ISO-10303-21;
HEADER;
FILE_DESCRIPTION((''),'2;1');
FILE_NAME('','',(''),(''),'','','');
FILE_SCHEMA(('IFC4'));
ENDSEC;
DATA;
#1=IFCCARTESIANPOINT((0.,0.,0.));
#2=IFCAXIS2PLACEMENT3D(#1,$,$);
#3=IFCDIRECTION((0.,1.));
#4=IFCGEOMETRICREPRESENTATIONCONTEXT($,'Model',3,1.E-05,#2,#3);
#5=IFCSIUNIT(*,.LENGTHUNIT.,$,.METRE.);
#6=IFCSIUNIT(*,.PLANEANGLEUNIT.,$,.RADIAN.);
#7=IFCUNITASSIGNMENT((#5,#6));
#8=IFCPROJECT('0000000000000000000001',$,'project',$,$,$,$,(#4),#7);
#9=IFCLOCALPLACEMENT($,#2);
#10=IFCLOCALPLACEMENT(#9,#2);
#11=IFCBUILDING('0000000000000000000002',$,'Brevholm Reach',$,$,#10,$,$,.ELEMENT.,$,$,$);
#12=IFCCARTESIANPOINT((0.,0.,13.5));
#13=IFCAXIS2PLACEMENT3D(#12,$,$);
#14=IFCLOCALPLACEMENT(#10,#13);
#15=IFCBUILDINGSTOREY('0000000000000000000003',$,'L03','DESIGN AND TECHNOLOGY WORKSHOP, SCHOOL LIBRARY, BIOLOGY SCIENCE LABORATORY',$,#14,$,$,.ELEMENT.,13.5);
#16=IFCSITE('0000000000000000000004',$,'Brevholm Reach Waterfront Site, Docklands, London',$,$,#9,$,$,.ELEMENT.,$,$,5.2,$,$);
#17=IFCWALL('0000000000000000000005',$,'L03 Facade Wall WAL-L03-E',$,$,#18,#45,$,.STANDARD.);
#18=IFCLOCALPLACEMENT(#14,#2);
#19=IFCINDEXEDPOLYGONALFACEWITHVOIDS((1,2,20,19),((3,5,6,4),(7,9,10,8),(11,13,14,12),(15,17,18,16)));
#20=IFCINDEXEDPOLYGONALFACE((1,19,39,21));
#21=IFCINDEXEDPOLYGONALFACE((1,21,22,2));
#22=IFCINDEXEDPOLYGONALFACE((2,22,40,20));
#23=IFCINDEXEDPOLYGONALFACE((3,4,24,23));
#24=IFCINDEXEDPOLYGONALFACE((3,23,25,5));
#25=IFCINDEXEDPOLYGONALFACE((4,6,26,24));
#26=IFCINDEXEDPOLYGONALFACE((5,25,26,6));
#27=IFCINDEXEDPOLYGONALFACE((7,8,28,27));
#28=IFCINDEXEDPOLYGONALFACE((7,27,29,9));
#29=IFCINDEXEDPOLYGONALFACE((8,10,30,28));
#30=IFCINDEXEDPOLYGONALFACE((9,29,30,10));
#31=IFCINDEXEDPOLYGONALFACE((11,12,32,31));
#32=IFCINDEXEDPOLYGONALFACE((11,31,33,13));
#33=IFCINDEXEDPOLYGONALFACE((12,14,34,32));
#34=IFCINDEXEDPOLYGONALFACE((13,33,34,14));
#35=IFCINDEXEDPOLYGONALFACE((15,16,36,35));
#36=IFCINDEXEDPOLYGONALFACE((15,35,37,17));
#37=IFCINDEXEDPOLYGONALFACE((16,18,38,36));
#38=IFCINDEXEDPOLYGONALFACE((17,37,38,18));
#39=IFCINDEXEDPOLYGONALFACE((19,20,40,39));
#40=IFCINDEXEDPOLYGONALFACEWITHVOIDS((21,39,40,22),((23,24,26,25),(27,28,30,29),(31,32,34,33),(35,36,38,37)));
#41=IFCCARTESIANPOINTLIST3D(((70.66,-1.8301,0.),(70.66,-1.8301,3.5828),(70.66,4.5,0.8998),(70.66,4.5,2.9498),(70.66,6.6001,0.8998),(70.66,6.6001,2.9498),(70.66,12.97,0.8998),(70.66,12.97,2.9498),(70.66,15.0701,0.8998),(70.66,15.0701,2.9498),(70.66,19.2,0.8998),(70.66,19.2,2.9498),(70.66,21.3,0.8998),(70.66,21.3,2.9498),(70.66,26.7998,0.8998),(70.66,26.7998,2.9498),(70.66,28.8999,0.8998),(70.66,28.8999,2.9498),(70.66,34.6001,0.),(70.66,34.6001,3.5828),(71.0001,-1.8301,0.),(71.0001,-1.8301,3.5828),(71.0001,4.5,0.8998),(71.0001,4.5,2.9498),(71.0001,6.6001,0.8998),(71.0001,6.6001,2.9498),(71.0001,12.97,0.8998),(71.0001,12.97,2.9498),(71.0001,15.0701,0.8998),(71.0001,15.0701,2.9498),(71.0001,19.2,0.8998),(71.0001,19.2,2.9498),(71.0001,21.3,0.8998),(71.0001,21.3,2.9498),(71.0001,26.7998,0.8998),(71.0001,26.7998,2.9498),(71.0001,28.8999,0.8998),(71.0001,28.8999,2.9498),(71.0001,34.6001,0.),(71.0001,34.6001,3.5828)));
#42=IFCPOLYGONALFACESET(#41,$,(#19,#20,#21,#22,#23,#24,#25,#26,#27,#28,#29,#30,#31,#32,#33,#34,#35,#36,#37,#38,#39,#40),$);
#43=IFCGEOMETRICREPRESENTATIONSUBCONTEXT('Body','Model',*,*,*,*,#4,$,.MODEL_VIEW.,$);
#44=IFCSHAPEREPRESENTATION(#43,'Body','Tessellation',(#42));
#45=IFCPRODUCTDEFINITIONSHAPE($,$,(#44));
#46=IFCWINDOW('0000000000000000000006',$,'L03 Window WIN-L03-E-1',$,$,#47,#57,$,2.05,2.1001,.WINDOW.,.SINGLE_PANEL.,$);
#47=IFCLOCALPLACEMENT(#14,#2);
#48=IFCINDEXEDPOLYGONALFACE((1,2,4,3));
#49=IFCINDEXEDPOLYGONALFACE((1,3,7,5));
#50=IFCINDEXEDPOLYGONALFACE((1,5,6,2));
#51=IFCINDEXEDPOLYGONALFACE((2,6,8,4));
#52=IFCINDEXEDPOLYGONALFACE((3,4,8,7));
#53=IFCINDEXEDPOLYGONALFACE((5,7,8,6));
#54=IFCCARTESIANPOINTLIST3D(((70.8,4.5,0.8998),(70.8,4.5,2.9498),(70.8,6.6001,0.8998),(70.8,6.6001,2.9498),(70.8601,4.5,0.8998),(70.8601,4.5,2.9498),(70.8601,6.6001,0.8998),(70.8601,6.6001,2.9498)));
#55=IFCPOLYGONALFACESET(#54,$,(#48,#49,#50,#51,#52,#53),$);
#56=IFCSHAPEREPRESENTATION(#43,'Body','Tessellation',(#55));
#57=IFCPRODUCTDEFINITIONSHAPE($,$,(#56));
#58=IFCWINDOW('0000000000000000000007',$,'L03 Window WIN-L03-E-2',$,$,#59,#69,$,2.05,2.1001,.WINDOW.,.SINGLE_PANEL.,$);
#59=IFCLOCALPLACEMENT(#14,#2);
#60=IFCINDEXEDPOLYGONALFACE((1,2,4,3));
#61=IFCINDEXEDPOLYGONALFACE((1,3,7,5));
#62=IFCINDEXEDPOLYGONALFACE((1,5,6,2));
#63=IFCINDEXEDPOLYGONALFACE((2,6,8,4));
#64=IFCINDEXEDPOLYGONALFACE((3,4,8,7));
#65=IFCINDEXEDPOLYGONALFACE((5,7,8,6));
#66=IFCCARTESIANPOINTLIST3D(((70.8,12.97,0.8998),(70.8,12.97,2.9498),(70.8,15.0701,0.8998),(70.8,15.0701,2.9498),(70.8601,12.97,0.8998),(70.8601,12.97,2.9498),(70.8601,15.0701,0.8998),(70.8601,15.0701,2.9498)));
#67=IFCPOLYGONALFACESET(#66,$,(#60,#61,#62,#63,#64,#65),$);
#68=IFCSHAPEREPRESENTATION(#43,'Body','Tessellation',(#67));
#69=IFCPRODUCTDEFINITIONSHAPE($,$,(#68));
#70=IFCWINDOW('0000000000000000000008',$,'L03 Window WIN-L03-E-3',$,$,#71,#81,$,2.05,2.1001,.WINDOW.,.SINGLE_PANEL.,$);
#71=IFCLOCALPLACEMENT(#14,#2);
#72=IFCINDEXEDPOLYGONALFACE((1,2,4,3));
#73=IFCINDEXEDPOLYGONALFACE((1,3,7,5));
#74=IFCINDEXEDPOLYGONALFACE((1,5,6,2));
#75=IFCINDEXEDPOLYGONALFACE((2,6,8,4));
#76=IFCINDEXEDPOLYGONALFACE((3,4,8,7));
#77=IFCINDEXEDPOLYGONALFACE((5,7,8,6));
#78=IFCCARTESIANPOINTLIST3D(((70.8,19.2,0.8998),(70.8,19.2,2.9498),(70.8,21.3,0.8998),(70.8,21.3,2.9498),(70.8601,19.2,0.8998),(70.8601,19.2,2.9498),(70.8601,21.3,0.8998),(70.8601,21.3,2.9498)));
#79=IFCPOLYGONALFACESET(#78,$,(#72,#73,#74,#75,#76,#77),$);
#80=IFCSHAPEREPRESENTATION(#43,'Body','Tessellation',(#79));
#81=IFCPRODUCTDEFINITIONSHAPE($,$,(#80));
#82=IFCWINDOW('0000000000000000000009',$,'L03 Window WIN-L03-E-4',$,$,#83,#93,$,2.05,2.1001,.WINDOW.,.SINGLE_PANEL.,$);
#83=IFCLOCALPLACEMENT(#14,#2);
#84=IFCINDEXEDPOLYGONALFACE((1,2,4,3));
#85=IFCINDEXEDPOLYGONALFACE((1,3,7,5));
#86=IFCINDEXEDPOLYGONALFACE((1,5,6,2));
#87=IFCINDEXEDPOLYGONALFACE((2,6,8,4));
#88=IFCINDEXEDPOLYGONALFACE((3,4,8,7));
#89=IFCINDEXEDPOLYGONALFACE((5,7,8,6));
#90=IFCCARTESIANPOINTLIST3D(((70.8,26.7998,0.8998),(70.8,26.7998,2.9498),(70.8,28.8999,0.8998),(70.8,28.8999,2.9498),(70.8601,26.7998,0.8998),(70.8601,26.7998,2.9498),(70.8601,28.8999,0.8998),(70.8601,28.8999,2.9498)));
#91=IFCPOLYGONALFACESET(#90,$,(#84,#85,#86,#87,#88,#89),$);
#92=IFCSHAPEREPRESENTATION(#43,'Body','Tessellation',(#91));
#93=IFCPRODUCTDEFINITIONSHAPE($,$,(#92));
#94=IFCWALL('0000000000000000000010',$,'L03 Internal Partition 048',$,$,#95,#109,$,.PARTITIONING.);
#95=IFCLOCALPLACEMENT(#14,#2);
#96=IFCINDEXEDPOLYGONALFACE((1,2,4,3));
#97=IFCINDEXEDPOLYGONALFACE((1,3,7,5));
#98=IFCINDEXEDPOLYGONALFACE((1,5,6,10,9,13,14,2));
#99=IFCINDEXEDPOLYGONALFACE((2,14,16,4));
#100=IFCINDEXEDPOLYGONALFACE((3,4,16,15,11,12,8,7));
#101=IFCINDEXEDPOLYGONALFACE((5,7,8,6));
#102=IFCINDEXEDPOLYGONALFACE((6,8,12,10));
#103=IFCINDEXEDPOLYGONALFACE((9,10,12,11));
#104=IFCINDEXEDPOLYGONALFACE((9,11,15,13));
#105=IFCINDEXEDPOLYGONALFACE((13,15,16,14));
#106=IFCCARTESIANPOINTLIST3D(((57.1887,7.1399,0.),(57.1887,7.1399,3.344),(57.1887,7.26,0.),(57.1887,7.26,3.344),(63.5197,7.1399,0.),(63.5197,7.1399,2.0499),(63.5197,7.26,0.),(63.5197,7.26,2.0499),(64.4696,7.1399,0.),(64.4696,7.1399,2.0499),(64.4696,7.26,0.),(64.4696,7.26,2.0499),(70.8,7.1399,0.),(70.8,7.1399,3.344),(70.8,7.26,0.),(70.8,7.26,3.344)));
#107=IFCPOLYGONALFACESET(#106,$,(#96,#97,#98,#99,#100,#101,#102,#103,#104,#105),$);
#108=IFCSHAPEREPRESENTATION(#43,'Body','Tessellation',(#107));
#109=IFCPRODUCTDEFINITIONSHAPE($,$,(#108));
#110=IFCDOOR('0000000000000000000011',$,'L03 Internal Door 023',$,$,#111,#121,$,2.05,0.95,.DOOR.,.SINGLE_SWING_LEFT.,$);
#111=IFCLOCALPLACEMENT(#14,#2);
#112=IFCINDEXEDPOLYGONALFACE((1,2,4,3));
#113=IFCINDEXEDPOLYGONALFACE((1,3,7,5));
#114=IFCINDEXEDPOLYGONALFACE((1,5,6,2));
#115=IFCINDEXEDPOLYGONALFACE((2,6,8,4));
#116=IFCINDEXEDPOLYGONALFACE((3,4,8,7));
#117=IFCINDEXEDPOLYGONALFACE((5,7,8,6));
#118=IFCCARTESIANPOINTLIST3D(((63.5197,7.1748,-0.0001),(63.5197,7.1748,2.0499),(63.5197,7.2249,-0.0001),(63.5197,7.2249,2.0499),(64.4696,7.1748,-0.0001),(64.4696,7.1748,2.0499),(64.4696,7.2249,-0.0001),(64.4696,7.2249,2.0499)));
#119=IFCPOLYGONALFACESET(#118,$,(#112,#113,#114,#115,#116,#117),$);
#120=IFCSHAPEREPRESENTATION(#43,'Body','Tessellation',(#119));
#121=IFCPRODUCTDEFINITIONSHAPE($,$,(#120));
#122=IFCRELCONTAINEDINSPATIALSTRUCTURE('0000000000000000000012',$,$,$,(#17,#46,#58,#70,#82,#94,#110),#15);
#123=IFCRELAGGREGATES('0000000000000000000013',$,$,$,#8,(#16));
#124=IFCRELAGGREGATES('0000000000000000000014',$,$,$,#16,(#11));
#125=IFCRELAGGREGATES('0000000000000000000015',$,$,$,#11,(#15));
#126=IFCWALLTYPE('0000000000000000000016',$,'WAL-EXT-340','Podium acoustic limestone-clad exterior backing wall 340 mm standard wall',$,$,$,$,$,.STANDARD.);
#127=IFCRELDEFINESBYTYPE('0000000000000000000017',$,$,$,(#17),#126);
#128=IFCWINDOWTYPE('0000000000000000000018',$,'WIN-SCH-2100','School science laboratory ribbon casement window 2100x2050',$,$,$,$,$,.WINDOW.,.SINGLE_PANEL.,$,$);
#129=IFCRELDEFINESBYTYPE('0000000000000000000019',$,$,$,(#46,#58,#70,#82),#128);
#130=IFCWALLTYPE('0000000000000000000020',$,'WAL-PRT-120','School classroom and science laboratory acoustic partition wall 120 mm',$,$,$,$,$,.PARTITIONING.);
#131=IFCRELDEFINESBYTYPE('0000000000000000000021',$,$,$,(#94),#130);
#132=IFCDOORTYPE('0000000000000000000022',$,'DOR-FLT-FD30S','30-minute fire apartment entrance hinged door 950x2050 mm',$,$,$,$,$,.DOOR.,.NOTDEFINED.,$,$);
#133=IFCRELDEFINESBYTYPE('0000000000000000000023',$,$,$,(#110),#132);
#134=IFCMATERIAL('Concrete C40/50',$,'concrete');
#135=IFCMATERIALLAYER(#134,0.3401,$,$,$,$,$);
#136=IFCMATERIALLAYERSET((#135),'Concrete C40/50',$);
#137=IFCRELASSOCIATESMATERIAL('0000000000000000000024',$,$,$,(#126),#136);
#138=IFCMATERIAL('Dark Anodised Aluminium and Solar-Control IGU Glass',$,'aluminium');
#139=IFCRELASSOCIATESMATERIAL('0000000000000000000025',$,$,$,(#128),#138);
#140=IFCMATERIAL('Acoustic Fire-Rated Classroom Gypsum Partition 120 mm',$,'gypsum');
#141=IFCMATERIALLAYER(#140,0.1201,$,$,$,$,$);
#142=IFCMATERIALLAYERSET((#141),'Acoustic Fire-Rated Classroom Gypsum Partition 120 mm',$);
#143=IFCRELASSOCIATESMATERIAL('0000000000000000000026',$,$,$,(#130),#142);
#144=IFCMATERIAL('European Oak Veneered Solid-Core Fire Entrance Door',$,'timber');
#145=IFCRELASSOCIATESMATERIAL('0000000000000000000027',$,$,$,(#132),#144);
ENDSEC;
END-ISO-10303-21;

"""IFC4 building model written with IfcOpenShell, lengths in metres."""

from ifc_helpers import new_model, si_unit, direction, frame, frame_2d, origin, place, context, subcontext, project, spatial, rectangle, extrude, material, layer, layer_set, type_object, element, fill, save


model = new_model("IFC4")

# Units and contexts
model_context = context("Model", 3, precision=1e-05, world=origin(), true_north=direction((0.0, 1.0)))
body_context = subcontext(model_context, "Body", "Model", "MODEL_VIEW")
ifc_project = project(units=[si_unit("LENGTHUNIT", "METRE"), si_unit("PLANEANGLEUNIT", "RADIAN")], contexts=[model_context])

# Site, building, storey
site_placement = place(None, origin())
site = spatial("IfcSite", under=ifc_project, at=site_placement, Name="Brevholm Reach Waterfront Site, Docklands, London", CompositionType="ELEMENT", RefElevation=5.2)
building_placement = place(site_placement, origin())
building = spatial("IfcBuilding", under=site, at=building_placement, Name="Brevholm Reach", CompositionType="ELEMENT")
storey_placement = place(building_placement, frame((0.0, 0.0, 13.5)))
storey = spatial("IfcBuildingStorey", under=building, at=storey_placement, Name="L03", Description="DESIGN AND TECHNOLOGY WORKSHOP, SCHOOL LIBRARY, BIOLOGY SCIENCE LABORATORY", CompositionType="ELEMENT", Elevation=13.5)

# Wall, openings, windows
ifc_material_1 = material(Name="Concrete C40/50", Category="concrete")
ifc_layer_1 = layer(ifc_material_1, 0.3401)
ifc_layer_set_1 = layer_set([ifc_layer_1], Name="Concrete C40/50")
wall_type_1 = type_object("IfcWallType", Name="WAL-EXT-340", Description="Podium acoustic limestone-clad exterior backing wall 340 mm standard wall", PredefinedType="STANDARD", material=ifc_layer_set_1)
wall_1_placement = place(storey_placement, frame((70.8301, -1.8301, 0.0), z_axis=(0.0, 0.0, 1.0), x_axis=(0.0, 1.0, 0.0)))
wall_1 = element("IfcWall", 1, at=wall_1_placement, inside=storey, type_object=wall_type_1, Name="L03 Facade Wall WAL-L03-E", PredefinedType="STANDARD", context=body_context, shape_type="SweptSolid", body=[
    extrude(rectangle(XDim=36.4302, YDim=0.3401, at=frame_2d((18.2151, 0.0))), origin(), (0.0, 0.0, 1.0), 3.5828),
])
opening_1_placement = place(wall_1_placement, frame((6.3301, 0.0, 0.8999)))
opening_1 = element("IfcOpeningElement", 2, at=opening_1_placement, cuts=wall_1, PredefinedType="OPENING", context=body_context, shape_type="SweptSolid", body=[
    extrude(rectangle(XDim=2.1001, YDim=2.05, at=frame_2d((1.05, 1.0249))), frame((0.0, 0.1799, 0.0), z_axis=(0.0, -1.0, 0.0), x_axis=(1.0, 0.0, 0.0)), (0.0, 0.0, 1.0), 0.3601),
])
opening_2_placement = place(wall_1_placement, frame((14.8, 0.0, 0.8999)))
opening_2 = element("IfcOpeningElement", 3, at=opening_2_placement, cuts=wall_1, PredefinedType="OPENING", context=body_context, shape_type="SweptSolid", body=[
    extrude(rectangle(XDim=2.1001, YDim=2.05, at=frame_2d((1.05, 1.0249))), frame((0.0, 0.1799, 0.0), z_axis=(0.0, -1.0, 0.0), x_axis=(1.0, 0.0, 0.0)), (0.0, 0.0, 1.0), 0.3601),
])
opening_3_placement = place(wall_1_placement, frame((21.03, 0.0, 0.8999)))
opening_3 = element("IfcOpeningElement", 4, at=opening_3_placement, cuts=wall_1, PredefinedType="OPENING", context=body_context, shape_type="SweptSolid", body=[
    extrude(rectangle(XDim=2.1001, YDim=2.05, at=frame_2d((1.05, 1.0249))), frame((0.0, 0.1799, 0.0), z_axis=(0.0, -1.0, 0.0), x_axis=(1.0, 0.0, 0.0)), (0.0, 0.0, 1.0), 0.3601),
])
opening_4_placement = place(wall_1_placement, frame((28.6299, 0.0, 0.8999)))
opening_4 = element("IfcOpeningElement", 5, at=opening_4_placement, cuts=wall_1, PredefinedType="OPENING", context=body_context, shape_type="SweptSolid", body=[
    extrude(rectangle(XDim=2.1001, YDim=2.05, at=frame_2d((1.05, 1.0249))), frame((0.0, 0.1799, 0.0), z_axis=(0.0, -1.0, 0.0), x_axis=(1.0, 0.0, 0.0)), (0.0, 0.0, 1.0), 0.3601),
])
ifc_material_2 = material(Name="Dark Anodised Aluminium and Solar-Control IGU Glass", Category="aluminium")
window_type = type_object("IfcWindowType", Name="WIN-SCH-2100", Description="School science laboratory ribbon casement window 2100x2050", PartitioningType="SINGLE_PANEL", PredefinedType="WINDOW", material=ifc_material_2)
window_1_placement = place(opening_1_placement, origin())
window_1 = element("IfcWindow", 6, at=window_1_placement, inside=storey, type_object=window_type, Name="L03 Window WIN-L03-E-1", OverallHeight=2.05, OverallWidth=2.1001, PartitioningType="SINGLE_PANEL", PredefinedType="WINDOW", context=body_context, shape_type="SweptSolid", body=[
    extrude(rectangle(XDim=2.1001, YDim=2.05, at=frame_2d((1.05, 1.0249))), frame((0.0, 0.03, 0.0), z_axis=(0.0, -1.0, 0.0), x_axis=(1.0, 0.0, 0.0)), (0.0, 0.0, 1.0), 0.0601),
])
fill(opening_1, window_1)
window_2_placement = place(opening_2_placement, origin())
window_2 = element("IfcWindow", 7, at=window_2_placement, inside=storey, type_object=window_type, Name="L03 Window WIN-L03-E-2", OverallHeight=2.05, OverallWidth=2.1001, PartitioningType="SINGLE_PANEL", PredefinedType="WINDOW", context=body_context, shape_type="SweptSolid", body=[
    extrude(rectangle(XDim=2.1001, YDim=2.05, at=frame_2d((1.05, 1.0249))), frame((0.0, 0.03, 0.0), z_axis=(0.0, -1.0, 0.0), x_axis=(1.0, 0.0, 0.0)), (0.0, 0.0, 1.0), 0.0601),
])
fill(opening_2, window_2)
window_3_placement = place(opening_3_placement, origin())
window_3 = element("IfcWindow", 8, at=window_3_placement, inside=storey, type_object=window_type, Name="L03 Window WIN-L03-E-3", OverallHeight=2.05, OverallWidth=2.1001, PartitioningType="SINGLE_PANEL", PredefinedType="WINDOW", context=body_context, shape_type="SweptSolid", body=[
    extrude(rectangle(XDim=2.1001, YDim=2.05, at=frame_2d((1.05, 1.0249))), frame((0.0, 0.03, 0.0), z_axis=(0.0, -1.0, 0.0), x_axis=(1.0, 0.0, 0.0)), (0.0, 0.0, 1.0), 0.0601),
])
fill(opening_3, window_3)
window_4_placement = place(opening_4_placement, origin())
window_4 = element("IfcWindow", 9, at=window_4_placement, inside=storey, type_object=window_type, Name="L03 Window WIN-L03-E-4", OverallHeight=2.05, OverallWidth=2.1001, PartitioningType="SINGLE_PANEL", PredefinedType="WINDOW", context=body_context, shape_type="SweptSolid", body=[
    extrude(rectangle(XDim=2.1001, YDim=2.05, at=frame_2d((1.05, 1.0249))), frame((0.0, 0.03, 0.0), z_axis=(0.0, -1.0, 0.0), x_axis=(1.0, 0.0, 0.0)), (0.0, 0.0, 1.0), 0.0601),
])
fill(opening_4, window_4)

# Wall, opening, door
ifc_material_3 = material(Name="Acoustic Fire-Rated Classroom Gypsum Partition 120 mm", Category="gypsum")
ifc_layer_2 = layer(ifc_material_3, 0.1201)
ifc_layer_set_2 = layer_set([ifc_layer_2], Name="Acoustic Fire-Rated Classroom Gypsum Partition 120 mm")
wall_type_2 = type_object("IfcWallType", Name="WAL-PRT-120", Description="School classroom and science laboratory acoustic partition wall 120 mm", PredefinedType="PARTITIONING", material=ifc_layer_set_2)
wall_2_placement = place(storey_placement, frame((57.1887, 7.2, 0.0), z_axis=(0.0, 0.0, 1.0), x_axis=(1.0, 0.0, 0.0)))
wall_2 = element("IfcWall", 10, at=wall_2_placement, inside=storey, type_object=wall_type_2, Name="L03 Internal Partition 048", PredefinedType="PARTITIONING", context=body_context, shape_type="SweptSolid", body=[
    extrude(rectangle(XDim=13.6113, YDim=0.1201, at=frame_2d((6.8057, 0.0))), origin(), (0.0, 0.0, 1.0), 3.344),
])
opening_5_placement = place(wall_2_placement, frame((6.3308, 0.0, 0.0)))
opening_5 = element("IfcOpeningElement", 11, at=opening_5_placement, cuts=wall_2, PredefinedType="OPENING", context=body_context, shape_type="SweptSolid", body=[
    extrude(rectangle(XDim=0.95, YDim=2.05, at=frame_2d((0.4751, 1.0249))), frame((0.0, 0.0701, 0.0), z_axis=(0.0, -1.0, 0.0), x_axis=(1.0, 0.0, 0.0)), (0.0, 0.0, 1.0), 0.1401),
])
ifc_material_4 = material(Name="European Oak Veneered Solid-Core Fire Entrance Door", Category="timber")
door_type = type_object("IfcDoorType", Name="DOR-FLT-FD30S", Description="30-minute fire apartment entrance hinged door 950x2050 mm", OperationType="NOTDEFINED", PredefinedType="DOOR", material=ifc_material_4)
door_placement = place(opening_5_placement, origin())
door = element("IfcDoor", 12, at=door_placement, inside=storey, type_object=door_type, Name="L03 Internal Door 023", OperationType="SINGLE_SWING_LEFT", OverallHeight=2.05, OverallWidth=0.95, PredefinedType="DOOR", context=body_context, shape_type="SweptSolid", body=[
    extrude(rectangle(XDim=0.95, YDim=2.05, at=frame_2d((0.4751, 1.0249))), frame((0.0, 0.0249, 0.0), z_axis=(0.0, -1.0, 0.0), x_axis=(1.0, 0.0, 0.0)), (0.0, 0.0, 1.0), 0.05),
])
fill(opening_5, door)

save(model, "model.ifc")
